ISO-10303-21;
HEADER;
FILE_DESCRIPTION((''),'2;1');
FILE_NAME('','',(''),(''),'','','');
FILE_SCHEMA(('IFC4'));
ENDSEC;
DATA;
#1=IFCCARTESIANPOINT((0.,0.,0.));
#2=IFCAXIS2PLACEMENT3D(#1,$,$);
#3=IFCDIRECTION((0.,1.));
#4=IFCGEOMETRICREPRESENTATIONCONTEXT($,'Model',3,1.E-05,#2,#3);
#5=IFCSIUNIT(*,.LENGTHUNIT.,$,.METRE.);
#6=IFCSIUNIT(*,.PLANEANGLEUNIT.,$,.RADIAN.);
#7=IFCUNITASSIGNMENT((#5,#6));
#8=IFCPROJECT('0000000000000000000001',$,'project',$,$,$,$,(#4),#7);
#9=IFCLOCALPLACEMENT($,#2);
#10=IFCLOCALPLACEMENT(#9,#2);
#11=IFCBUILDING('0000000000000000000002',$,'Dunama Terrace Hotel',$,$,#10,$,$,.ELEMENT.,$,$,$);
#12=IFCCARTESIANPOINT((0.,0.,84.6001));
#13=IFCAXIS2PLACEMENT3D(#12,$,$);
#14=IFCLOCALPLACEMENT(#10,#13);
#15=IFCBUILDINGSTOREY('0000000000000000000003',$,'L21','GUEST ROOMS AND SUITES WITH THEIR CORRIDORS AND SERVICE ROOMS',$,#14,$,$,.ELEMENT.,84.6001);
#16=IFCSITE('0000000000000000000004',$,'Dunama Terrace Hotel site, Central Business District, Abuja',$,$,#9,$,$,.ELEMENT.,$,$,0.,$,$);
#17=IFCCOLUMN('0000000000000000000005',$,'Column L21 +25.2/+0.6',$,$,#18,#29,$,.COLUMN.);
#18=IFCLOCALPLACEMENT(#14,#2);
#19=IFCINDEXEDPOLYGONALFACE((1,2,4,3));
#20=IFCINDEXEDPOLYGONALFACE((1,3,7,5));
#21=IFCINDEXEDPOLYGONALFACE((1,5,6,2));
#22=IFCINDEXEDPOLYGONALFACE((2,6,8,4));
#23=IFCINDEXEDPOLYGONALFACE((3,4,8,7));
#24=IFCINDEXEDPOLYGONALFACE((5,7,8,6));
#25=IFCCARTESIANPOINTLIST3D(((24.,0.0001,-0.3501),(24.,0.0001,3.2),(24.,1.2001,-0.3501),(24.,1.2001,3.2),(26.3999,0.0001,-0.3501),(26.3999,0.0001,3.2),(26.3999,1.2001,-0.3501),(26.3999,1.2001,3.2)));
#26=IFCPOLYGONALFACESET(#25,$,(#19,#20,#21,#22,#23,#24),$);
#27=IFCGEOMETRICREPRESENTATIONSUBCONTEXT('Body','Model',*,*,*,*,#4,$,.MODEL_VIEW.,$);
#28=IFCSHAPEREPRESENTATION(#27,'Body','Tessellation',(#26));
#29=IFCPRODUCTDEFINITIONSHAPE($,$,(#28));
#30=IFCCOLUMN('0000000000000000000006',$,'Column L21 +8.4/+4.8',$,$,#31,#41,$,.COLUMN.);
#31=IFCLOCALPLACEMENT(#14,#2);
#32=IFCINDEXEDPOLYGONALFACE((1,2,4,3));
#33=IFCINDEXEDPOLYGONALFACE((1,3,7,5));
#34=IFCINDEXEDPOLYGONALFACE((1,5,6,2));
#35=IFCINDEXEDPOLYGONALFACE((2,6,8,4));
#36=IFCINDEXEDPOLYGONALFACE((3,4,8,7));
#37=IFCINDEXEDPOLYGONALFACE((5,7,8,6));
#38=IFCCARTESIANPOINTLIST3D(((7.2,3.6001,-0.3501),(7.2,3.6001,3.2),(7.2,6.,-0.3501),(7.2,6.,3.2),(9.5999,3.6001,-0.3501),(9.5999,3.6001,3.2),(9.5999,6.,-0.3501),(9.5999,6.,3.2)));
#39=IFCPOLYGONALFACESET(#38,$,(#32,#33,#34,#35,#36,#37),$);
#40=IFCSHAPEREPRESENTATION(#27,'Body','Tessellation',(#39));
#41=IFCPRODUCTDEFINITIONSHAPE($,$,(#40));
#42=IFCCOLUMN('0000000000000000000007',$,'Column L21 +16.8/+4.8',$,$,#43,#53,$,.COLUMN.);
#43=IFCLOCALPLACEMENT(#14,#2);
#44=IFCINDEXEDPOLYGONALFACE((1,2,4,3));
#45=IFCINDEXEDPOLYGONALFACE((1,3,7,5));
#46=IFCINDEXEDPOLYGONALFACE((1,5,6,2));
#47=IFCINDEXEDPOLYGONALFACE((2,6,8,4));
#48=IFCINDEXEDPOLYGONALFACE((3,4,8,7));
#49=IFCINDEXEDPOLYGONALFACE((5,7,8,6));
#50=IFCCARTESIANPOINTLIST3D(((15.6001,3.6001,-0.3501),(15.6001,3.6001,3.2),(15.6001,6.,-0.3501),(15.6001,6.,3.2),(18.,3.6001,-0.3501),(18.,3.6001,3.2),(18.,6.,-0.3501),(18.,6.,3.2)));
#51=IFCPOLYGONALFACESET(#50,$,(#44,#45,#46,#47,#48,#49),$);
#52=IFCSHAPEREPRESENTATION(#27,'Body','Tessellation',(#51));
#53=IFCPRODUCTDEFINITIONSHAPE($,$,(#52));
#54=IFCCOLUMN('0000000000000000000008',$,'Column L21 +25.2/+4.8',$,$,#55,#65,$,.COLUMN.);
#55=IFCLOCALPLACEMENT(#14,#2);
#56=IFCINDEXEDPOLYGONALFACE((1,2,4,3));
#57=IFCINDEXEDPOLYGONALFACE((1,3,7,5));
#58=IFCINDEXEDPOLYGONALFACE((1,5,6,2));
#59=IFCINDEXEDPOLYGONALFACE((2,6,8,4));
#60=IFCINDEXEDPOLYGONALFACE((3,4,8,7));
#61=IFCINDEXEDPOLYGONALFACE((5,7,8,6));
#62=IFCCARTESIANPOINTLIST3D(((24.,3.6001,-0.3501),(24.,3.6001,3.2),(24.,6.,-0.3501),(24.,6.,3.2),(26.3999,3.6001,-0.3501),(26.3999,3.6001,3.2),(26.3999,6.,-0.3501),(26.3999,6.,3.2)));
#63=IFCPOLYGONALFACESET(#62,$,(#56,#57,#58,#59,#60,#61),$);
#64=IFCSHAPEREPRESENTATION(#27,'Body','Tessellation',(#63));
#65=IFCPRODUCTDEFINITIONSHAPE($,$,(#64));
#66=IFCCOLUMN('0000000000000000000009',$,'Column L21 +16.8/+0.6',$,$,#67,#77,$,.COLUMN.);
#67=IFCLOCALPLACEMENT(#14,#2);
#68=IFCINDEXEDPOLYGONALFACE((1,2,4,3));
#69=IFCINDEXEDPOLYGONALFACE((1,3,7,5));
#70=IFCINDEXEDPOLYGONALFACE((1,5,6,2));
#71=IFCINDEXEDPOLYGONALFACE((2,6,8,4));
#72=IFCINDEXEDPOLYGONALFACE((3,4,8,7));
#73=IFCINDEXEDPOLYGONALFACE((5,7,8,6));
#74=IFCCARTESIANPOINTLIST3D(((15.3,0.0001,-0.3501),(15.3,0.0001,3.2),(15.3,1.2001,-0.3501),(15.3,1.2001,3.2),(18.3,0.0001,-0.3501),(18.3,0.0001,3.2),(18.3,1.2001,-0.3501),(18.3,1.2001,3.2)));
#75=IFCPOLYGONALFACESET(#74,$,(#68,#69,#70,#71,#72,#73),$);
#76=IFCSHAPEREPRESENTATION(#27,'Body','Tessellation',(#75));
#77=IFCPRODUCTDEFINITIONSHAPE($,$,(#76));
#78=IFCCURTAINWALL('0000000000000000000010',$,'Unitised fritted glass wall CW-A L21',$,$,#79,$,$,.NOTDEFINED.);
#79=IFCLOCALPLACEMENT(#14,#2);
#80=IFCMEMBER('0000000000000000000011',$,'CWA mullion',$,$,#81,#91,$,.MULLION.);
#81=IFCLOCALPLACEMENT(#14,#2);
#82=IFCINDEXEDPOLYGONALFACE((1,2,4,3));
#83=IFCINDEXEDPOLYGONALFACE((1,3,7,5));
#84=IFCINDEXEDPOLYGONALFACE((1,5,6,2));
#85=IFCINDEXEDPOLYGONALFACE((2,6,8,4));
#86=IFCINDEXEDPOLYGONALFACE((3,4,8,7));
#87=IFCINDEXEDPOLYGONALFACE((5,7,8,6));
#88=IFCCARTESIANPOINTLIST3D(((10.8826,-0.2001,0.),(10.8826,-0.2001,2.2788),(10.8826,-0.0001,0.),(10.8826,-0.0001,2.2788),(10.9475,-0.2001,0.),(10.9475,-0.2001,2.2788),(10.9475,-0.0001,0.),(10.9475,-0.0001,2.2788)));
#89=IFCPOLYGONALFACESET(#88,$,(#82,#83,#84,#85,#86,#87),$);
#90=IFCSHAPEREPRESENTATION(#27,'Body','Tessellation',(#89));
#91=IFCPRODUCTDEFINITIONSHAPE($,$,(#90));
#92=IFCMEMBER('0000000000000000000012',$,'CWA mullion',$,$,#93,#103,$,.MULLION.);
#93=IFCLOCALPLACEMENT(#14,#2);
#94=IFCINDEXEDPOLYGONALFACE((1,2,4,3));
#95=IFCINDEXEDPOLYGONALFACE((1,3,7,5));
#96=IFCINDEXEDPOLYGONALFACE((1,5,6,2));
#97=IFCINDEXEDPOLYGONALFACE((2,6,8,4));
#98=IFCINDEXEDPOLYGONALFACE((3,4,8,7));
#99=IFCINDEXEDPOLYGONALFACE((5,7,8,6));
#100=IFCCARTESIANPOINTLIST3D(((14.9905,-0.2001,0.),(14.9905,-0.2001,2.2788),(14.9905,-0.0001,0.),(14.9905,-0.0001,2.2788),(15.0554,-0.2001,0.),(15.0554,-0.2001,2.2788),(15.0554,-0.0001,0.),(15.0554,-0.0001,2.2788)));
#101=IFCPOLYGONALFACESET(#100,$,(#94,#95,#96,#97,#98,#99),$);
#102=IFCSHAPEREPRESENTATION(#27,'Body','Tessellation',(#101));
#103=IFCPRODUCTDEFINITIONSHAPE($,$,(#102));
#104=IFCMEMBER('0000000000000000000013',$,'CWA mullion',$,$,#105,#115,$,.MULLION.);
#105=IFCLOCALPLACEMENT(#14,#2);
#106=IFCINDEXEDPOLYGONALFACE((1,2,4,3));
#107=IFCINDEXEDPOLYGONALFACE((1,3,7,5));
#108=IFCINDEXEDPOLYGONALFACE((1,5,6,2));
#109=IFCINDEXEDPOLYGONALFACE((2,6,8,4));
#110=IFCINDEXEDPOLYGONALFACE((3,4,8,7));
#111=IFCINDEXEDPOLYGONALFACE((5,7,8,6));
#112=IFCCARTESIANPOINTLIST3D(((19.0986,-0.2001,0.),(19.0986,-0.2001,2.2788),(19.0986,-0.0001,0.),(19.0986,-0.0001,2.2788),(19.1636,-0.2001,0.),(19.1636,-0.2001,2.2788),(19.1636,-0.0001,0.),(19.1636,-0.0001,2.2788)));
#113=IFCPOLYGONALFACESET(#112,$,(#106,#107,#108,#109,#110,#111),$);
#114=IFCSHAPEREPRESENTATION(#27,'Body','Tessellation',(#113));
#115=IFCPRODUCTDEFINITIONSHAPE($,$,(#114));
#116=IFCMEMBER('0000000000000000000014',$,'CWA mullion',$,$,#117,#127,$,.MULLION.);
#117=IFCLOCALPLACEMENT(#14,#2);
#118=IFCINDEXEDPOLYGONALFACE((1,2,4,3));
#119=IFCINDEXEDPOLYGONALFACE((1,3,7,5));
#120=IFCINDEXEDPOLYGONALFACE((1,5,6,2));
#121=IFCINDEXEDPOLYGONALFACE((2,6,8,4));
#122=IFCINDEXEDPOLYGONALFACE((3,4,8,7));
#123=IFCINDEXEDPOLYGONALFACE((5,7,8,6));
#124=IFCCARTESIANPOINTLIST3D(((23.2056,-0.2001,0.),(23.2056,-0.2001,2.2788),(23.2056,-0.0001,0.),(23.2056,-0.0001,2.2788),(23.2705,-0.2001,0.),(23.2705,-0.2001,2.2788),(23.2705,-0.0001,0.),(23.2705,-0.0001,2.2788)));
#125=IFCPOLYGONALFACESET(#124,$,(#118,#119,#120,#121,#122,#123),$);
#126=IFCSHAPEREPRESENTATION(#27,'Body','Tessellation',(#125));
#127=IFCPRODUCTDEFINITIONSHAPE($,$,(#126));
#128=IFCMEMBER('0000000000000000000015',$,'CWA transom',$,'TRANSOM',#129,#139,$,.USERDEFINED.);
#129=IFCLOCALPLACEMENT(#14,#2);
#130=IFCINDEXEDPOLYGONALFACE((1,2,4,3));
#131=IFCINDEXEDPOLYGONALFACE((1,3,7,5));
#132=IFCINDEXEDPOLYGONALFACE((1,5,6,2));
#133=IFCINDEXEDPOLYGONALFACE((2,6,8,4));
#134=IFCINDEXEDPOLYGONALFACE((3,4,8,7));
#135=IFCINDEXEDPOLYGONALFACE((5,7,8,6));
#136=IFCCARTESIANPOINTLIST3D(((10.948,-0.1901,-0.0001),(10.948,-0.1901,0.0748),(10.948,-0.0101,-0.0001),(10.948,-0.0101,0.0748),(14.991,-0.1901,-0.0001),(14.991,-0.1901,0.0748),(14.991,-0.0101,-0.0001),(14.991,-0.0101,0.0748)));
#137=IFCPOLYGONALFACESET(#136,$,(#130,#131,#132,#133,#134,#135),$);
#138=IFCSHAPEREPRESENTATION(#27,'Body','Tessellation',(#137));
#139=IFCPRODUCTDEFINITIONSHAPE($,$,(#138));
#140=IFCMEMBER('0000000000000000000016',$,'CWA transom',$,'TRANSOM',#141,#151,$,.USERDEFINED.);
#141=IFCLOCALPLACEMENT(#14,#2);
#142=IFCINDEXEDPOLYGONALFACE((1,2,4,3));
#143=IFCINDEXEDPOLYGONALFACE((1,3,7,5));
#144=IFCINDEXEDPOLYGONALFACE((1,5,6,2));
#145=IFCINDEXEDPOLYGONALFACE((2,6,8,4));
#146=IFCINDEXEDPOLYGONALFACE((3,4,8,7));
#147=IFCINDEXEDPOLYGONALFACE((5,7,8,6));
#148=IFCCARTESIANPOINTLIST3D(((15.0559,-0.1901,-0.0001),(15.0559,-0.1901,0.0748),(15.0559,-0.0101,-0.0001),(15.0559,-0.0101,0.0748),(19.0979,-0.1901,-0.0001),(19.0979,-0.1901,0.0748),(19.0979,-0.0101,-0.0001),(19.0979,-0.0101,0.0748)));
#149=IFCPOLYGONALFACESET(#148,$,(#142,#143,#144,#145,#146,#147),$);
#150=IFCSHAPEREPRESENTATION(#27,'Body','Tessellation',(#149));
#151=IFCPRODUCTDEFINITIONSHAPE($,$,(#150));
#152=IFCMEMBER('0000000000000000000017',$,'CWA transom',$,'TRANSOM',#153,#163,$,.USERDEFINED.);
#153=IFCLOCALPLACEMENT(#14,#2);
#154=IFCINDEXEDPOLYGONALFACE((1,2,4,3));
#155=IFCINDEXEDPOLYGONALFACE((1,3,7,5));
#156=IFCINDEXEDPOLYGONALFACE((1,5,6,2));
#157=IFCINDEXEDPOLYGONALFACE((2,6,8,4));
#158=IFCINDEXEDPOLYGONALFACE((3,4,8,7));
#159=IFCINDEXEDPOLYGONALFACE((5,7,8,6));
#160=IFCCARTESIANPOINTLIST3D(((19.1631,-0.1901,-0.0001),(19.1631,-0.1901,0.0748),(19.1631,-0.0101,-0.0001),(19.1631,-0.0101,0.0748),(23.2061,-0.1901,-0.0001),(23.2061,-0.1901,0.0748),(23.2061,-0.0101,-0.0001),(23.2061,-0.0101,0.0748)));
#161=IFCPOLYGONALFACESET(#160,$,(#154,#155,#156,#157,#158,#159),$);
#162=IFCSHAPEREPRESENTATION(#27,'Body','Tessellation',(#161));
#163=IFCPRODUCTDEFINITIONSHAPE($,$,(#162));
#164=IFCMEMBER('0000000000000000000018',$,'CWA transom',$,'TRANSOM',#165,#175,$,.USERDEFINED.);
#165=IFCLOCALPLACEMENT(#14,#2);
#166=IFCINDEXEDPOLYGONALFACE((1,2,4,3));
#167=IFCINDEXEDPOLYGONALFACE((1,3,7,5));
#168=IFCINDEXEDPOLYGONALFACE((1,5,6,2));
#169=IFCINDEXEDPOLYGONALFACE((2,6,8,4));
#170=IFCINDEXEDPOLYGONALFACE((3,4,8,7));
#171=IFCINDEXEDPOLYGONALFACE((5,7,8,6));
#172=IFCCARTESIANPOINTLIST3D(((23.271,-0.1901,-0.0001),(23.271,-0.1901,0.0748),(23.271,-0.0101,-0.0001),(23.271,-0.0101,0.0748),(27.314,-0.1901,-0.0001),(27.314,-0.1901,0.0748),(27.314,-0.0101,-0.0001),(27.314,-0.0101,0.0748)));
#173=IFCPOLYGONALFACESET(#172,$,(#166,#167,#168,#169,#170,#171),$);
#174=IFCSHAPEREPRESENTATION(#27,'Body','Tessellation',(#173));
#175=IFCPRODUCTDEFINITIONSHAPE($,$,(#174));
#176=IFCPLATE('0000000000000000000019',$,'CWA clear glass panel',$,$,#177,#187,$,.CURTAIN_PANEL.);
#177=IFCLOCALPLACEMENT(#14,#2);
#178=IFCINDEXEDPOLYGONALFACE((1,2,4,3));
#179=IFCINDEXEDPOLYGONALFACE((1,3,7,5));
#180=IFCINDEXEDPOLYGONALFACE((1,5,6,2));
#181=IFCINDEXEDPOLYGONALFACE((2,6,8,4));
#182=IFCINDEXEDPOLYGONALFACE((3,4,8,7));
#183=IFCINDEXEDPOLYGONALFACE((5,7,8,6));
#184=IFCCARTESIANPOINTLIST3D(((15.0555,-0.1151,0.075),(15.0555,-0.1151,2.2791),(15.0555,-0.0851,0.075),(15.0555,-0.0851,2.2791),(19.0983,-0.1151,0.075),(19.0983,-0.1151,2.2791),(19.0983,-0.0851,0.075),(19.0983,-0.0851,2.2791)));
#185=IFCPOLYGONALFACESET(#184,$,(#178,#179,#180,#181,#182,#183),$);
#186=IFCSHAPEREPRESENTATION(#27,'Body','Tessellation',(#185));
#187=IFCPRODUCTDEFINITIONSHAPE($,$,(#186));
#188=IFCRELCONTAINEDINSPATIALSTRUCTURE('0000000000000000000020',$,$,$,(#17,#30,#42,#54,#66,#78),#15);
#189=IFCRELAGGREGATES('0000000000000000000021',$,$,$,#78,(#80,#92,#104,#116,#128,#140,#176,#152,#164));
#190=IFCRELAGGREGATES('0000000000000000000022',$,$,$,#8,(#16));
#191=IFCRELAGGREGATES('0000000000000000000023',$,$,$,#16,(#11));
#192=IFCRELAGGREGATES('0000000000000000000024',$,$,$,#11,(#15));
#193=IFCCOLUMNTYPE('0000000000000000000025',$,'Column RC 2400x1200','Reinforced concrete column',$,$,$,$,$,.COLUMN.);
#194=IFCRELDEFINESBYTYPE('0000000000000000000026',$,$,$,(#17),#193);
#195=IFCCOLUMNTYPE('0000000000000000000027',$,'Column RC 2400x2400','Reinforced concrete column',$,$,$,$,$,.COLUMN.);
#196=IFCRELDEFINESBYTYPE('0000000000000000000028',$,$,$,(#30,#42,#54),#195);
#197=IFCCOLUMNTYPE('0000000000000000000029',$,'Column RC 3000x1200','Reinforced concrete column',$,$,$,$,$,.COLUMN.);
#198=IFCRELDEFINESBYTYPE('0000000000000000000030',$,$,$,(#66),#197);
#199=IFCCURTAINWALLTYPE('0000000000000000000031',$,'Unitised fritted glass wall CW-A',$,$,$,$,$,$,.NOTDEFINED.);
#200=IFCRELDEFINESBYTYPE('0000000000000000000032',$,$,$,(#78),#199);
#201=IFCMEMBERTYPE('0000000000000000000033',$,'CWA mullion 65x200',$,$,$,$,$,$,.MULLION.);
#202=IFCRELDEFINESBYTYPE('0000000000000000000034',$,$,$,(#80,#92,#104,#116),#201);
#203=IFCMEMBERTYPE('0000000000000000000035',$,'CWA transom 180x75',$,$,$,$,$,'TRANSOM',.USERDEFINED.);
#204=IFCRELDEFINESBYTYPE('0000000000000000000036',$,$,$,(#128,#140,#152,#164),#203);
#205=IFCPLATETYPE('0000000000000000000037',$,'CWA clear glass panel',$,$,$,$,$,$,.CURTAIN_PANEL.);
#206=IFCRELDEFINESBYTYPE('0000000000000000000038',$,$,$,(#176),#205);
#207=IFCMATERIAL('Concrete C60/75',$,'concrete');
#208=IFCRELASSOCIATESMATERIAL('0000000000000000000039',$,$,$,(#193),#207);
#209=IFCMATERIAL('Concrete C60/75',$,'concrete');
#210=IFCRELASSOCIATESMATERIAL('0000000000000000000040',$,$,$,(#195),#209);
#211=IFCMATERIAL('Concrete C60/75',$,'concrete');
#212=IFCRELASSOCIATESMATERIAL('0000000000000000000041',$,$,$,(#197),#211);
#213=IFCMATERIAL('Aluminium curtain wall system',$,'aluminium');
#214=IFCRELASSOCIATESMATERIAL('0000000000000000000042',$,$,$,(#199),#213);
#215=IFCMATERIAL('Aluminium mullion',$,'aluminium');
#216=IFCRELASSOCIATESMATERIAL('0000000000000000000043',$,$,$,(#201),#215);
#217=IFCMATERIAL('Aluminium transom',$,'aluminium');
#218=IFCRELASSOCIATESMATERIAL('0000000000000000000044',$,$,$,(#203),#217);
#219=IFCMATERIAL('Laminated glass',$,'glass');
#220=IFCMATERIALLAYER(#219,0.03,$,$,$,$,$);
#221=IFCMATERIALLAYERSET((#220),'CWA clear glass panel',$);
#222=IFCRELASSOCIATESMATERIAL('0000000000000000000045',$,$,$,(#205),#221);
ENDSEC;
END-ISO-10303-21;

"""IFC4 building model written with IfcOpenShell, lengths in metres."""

from ifc_helpers import new_model, si_unit, direction, frame, origin, origin_2d, place, context, subcontext, project, spatial, rectangle, extrude, material, layer, layer_set, material_profile, profile_set, type_object, element, aggregate, save


model = new_model("IFC4")

# Units and contexts
model_context = context("Model", 3, precision=1e-05, world=origin(), true_north=direction((0.0, 1.0)))
body_context = subcontext(model_context, "Body", "Model", "MODEL_VIEW")
ifc_project = project(units=[si_unit("LENGTHUNIT", "METRE"), si_unit("PLANEANGLEUNIT", "RADIAN")], contexts=[model_context])

# Site, building, storey
site_placement = place(None, origin())
site = spatial("IfcSite", under=ifc_project, at=site_placement, Name="Dunama Terrace Hotel site, Central Business District, Abuja", CompositionType="ELEMENT", RefElevation=0.0)
building_placement = place(site_placement, origin())
building = spatial("IfcBuilding", under=site, at=building_placement, Name="Dunama Terrace Hotel", CompositionType="ELEMENT")
storey_placement = place(building_placement, frame((0.0, 0.0, 84.6001)))
storey = spatial("IfcBuildingStorey", under=building, at=storey_placement, Name="L21", Description="GUEST ROOMS AND SUITES WITH THEIR CORRIDORS AND SERVICE ROOMS", CompositionType="ELEMENT", Elevation=84.6001)

# Columns
ifc_material_1 = material(Name="Concrete C60/75", Category="concrete")
ifc_material_profile_1 = material_profile(ifc_material_1, rectangle(XDim=2.3999, YDim=1.2, at=origin_2d()), Name="RC 2400x1200")
ifc_profile_set_1 = profile_set([ifc_material_profile_1], Name="Concrete C60/75")
column_type_1 = type_object("IfcColumnType", Name="Column RC 2400x1200", Description="Reinforced concrete column", PredefinedType="COLUMN", material=ifc_profile_set_1)
column_1_placement = place(storey_placement, frame((25.2, 0.6001, -0.3501), z_axis=(0.0, 0.0, 1.0), x_axis=(1.0, 0.0, 0.0)))
element("IfcColumn", 1, at=column_1_placement, inside=storey, type_object=column_type_1, Name="Column L21 +25.2/+0.6", PredefinedType="COLUMN", context=body_context, shape_type="SweptSolid", body=[
    extrude(rectangle(XDim=2.3999, YDim=1.2, at=origin_2d()), origin(), (0.0, 0.0, 1.0), 3.55),
])
ifc_material_2 = material(Name="Concrete C60/75", Category="concrete")
ifc_material_profile_2 = material_profile(ifc_material_2, rectangle(XDim=2.3999, YDim=2.3999, at=origin_2d()), Name="RC 2400x2400")
ifc_profile_set_2 = profile_set([ifc_material_profile_2], Name="Concrete C60/75")
column_type_2 = type_object("IfcColumnType", Name="Column RC 2400x2400", Description="Reinforced concrete column", PredefinedType="COLUMN", material=ifc_profile_set_2)
for number, where, z_axis, x_axis, name in (
    (2, (8.3999, 4.8, -0.3501), (0.0, 0.0, 1.0), (1.0, 0.0, 0.0), "Column L21 +8.4/+4.8"),
    (3, (16.8, 4.8, -0.3501), (0.0, 0.0, 1.0), (1.0, 0.0, 0.0), "Column L21 +16.8/+4.8"),
    (4, (25.2, 4.8, -0.3501), (0.0, 0.0, 1.0), (1.0, 0.0, 0.0), "Column L21 +25.2/+4.8"),
):
    element("IfcColumn", number, at=place(storey_placement, frame(where, z_axis=z_axis, x_axis=x_axis)), inside=storey, type_object=column_type_2, Name=name, PredefinedType="COLUMN", context=body_context, shape_type="SweptSolid", body=[
        extrude(rectangle(XDim=2.3999, YDim=2.3999, at=origin_2d()), origin(), (0.0, 0.0, 1.0), 3.55),
    ])
ifc_material_3 = material(Name="Concrete C60/75", Category="concrete")
ifc_material_profile_3 = material_profile(ifc_material_3, rectangle(XDim=3.0, YDim=1.2, at=origin_2d()), Name="RC 3000x1200")
ifc_profile_set_3 = profile_set([ifc_material_profile_3], Name="Concrete C60/75")
column_type_3 = type_object("IfcColumnType", Name="Column RC 3000x1200", Description="Reinforced concrete column", PredefinedType="COLUMN", material=ifc_profile_set_3)
column_2_placement = place(storey_placement, frame((16.8, 0.6001, -0.3501), z_axis=(0.0, 0.0, 1.0), x_axis=(1.0, 0.0, 0.0)))
element("IfcColumn", 5, at=column_2_placement, inside=storey, type_object=column_type_3, Name="Column L21 +16.8/+0.6", PredefinedType="COLUMN", context=body_context, shape_type="SweptSolid", body=[
    extrude(rectangle(XDim=3.0, YDim=1.2, at=origin_2d()), origin(), (0.0, 0.0, 1.0), 3.55),
])

# Curtain wall, members, plate
ifc_material_4 = material(Name="Aluminium curtain wall system", Category="aluminium")
curtain_wall_type = type_object("IfcCurtainWallType", Name="Unitised fritted glass wall CW-A", PredefinedType="NOTDEFINED", material=ifc_material_4)
curtain_wall_placement = place(storey_placement, origin())
curtain_wall = element("IfcCurtainWall", 6, at=curtain_wall_placement, inside=storey, type_object=curtain_wall_type, Name="Unitised fritted glass wall CW-A L21", PredefinedType="NOTDEFINED")
ifc_material_5 = material(Name="Aluminium mullion", Category="aluminium")
ifc_material_profile_4 = material_profile(ifc_material_5, rectangle(XDim=0.0649, YDim=0.2, at=origin_2d()), Name="CWA MULLION 65X200")
ifc_profile_set_4 = profile_set([ifc_material_profile_4], Name="Aluminium mullion")
member_type_1 = type_object("IfcMemberType", Name="CWA mullion 65x200", PredefinedType="MULLION", material=ifc_profile_set_4)
member_1_placement = place(storey_placement, frame((10.915, -0.1001, 0.0), z_axis=(0.0, 0.0, 1.0), x_axis=(1.0, 0.0, 0.0)))
member_1 = element("IfcMember", 7, at=member_1_placement, type_object=member_type_1, Name="CWA mullion", PredefinedType="MULLION", context=body_context, shape_type="SweptSolid", body=[
    extrude(rectangle(XDim=0.0649, YDim=0.2, at=origin_2d()), origin(), (0.0, 0.0, 1.0), 2.2788),
])
member_2_placement = place(storey_placement, frame((15.0229, -0.1001, 0.0), z_axis=(0.0, 0.0, 1.0), x_axis=(1.0, 0.0, 0.0)))
member_2 = element("IfcMember", 8, at=member_2_placement, type_object=member_type_1, Name="CWA mullion", PredefinedType="MULLION", context=body_context, shape_type="SweptSolid", body=[
    extrude(rectangle(XDim=0.0649, YDim=0.2, at=origin_2d()), origin(), (0.0, 0.0, 1.0), 2.2788),
])
member_3_placement = place(storey_placement, frame((19.1311, -0.1001, 0.0), z_axis=(0.0, 0.0, 1.0), x_axis=(1.0, 0.0, 0.0)))
member_3 = element("IfcMember", 9, at=member_3_placement, type_object=member_type_1, Name="CWA mullion", PredefinedType="MULLION", context=body_context, shape_type="SweptSolid", body=[
    extrude(rectangle(XDim=0.0649, YDim=0.2, at=origin_2d()), origin(), (0.0, 0.0, 1.0), 2.2788),
])
member_4_placement = place(storey_placement, frame((23.238, -0.1001, 0.0), z_axis=(0.0, 0.0, 1.0), x_axis=(1.0, 0.0, 0.0)))
member_4 = element("IfcMember", 10, at=member_4_placement, type_object=member_type_1, Name="CWA mullion", PredefinedType="MULLION", context=body_context, shape_type="SweptSolid", body=[
    extrude(rectangle(XDim=0.0649, YDim=0.2, at=origin_2d()), origin(), (0.0, 0.0, 1.0), 2.2788),
])
ifc_material_6 = material(Name="Aluminium transom", Category="aluminium")
ifc_material_profile_5 = material_profile(ifc_material_6, rectangle(XDim=0.1799, YDim=0.075, at=origin_2d()), Name="CWA TRANSOM 180X75")
ifc_profile_set_5 = profile_set([ifc_material_profile_5], Name="Aluminium transom")
member_type_2 = type_object("IfcMemberType", Name="CWA transom 180x75", ElementType="TRANSOM", PredefinedType="USERDEFINED", material=ifc_profile_set_5)
member_5_placement = place(storey_placement, frame((10.948, -0.1001, 0.0374), z_axis=(1.0, 0.0, 0.0), x_axis=(0.0, 1.0, 0.0)))
member_5 = element("IfcMember", 11, at=member_5_placement, type_object=member_type_2, Name="CWA transom", ObjectType="TRANSOM", PredefinedType="USERDEFINED", context=body_context, shape_type="SweptSolid", body=[
    extrude(rectangle(XDim=0.1799, YDim=0.075, at=origin_2d()), origin(), (0.0, 0.0, 1.0), 4.043),
])
member_6_placement = place(storey_placement, frame((15.0559, -0.1001, 0.0374), z_axis=(1.0, 0.0, 0.0), x_axis=(0.0, 1.0, 0.0)))
member_6 = element("IfcMember", 12, at=member_6_placement, type_object=member_type_2, Name="CWA transom", ObjectType="TRANSOM", PredefinedType="USERDEFINED", context=body_context, shape_type="SweptSolid", body=[
    extrude(rectangle(XDim=0.1799, YDim=0.075, at=origin_2d()), origin(), (0.0, 0.0, 1.0), 4.042),
])
member_7_placement = place(storey_placement, frame((19.1631, -0.1001, 0.0374), z_axis=(1.0, 0.0, 0.0), x_axis=(0.0, 1.0, 0.0)))
member_7 = element("IfcMember", 13, at=member_7_placement, type_object=member_type_2, Name="CWA transom", ObjectType="TRANSOM", PredefinedType="USERDEFINED", context=body_context, shape_type="SweptSolid", body=[
    extrude(rectangle(XDim=0.1799, YDim=0.075, at=origin_2d()), origin(), (0.0, 0.0, 1.0), 4.043),
])
member_8_placement = place(storey_placement, frame((23.271, -0.1001, 0.0374), z_axis=(1.0, 0.0, 0.0), x_axis=(0.0, 1.0, 0.0)))
member_8 = element("IfcMember", 14, at=member_8_placement, type_object=member_type_2, Name="CWA transom", ObjectType="TRANSOM", PredefinedType="USERDEFINED", context=body_context, shape_type="SweptSolid", body=[
    extrude(rectangle(XDim=0.1799, YDim=0.075, at=origin_2d()), origin(), (0.0, 0.0, 1.0), 4.043),
])
ifc_material_7 = material(Name="Laminated glass", Category="glass")
ifc_layer_1 = layer(ifc_material_7, 0.03)
ifc_layer_set_1 = layer_set([ifc_layer_1], Name="CWA clear glass panel")
plate_type_1 = type_object("IfcPlateType", Name="CWA clear glass panel", PredefinedType="CURTAIN_PANEL", material=ifc_layer_set_1)
plate_1_placement = place(storey_placement, frame((17.0769, -0.1001, 0.075), z_axis=(0.0, 0.0, 1.0), x_axis=(1.0, 0.0, 0.0)))
plate_1 = element("IfcPlate", 15, at=plate_1_placement, type_object=plate_type_1, Name="CWA clear glass panel", PredefinedType="CURTAIN_PANEL", context=body_context, shape_type="SweptSolid", body=[
    extrude(rectangle(XDim=4.0427, YDim=0.03, at=origin_2d()), origin(), (0.0, 0.0, 1.0), 2.2041),
])
aggregate(curtain_wall, [member_1, member_2, member_3, member_4, member_5, member_6, plate_1, member_7, member_8])

save(model, "model.ifc")
